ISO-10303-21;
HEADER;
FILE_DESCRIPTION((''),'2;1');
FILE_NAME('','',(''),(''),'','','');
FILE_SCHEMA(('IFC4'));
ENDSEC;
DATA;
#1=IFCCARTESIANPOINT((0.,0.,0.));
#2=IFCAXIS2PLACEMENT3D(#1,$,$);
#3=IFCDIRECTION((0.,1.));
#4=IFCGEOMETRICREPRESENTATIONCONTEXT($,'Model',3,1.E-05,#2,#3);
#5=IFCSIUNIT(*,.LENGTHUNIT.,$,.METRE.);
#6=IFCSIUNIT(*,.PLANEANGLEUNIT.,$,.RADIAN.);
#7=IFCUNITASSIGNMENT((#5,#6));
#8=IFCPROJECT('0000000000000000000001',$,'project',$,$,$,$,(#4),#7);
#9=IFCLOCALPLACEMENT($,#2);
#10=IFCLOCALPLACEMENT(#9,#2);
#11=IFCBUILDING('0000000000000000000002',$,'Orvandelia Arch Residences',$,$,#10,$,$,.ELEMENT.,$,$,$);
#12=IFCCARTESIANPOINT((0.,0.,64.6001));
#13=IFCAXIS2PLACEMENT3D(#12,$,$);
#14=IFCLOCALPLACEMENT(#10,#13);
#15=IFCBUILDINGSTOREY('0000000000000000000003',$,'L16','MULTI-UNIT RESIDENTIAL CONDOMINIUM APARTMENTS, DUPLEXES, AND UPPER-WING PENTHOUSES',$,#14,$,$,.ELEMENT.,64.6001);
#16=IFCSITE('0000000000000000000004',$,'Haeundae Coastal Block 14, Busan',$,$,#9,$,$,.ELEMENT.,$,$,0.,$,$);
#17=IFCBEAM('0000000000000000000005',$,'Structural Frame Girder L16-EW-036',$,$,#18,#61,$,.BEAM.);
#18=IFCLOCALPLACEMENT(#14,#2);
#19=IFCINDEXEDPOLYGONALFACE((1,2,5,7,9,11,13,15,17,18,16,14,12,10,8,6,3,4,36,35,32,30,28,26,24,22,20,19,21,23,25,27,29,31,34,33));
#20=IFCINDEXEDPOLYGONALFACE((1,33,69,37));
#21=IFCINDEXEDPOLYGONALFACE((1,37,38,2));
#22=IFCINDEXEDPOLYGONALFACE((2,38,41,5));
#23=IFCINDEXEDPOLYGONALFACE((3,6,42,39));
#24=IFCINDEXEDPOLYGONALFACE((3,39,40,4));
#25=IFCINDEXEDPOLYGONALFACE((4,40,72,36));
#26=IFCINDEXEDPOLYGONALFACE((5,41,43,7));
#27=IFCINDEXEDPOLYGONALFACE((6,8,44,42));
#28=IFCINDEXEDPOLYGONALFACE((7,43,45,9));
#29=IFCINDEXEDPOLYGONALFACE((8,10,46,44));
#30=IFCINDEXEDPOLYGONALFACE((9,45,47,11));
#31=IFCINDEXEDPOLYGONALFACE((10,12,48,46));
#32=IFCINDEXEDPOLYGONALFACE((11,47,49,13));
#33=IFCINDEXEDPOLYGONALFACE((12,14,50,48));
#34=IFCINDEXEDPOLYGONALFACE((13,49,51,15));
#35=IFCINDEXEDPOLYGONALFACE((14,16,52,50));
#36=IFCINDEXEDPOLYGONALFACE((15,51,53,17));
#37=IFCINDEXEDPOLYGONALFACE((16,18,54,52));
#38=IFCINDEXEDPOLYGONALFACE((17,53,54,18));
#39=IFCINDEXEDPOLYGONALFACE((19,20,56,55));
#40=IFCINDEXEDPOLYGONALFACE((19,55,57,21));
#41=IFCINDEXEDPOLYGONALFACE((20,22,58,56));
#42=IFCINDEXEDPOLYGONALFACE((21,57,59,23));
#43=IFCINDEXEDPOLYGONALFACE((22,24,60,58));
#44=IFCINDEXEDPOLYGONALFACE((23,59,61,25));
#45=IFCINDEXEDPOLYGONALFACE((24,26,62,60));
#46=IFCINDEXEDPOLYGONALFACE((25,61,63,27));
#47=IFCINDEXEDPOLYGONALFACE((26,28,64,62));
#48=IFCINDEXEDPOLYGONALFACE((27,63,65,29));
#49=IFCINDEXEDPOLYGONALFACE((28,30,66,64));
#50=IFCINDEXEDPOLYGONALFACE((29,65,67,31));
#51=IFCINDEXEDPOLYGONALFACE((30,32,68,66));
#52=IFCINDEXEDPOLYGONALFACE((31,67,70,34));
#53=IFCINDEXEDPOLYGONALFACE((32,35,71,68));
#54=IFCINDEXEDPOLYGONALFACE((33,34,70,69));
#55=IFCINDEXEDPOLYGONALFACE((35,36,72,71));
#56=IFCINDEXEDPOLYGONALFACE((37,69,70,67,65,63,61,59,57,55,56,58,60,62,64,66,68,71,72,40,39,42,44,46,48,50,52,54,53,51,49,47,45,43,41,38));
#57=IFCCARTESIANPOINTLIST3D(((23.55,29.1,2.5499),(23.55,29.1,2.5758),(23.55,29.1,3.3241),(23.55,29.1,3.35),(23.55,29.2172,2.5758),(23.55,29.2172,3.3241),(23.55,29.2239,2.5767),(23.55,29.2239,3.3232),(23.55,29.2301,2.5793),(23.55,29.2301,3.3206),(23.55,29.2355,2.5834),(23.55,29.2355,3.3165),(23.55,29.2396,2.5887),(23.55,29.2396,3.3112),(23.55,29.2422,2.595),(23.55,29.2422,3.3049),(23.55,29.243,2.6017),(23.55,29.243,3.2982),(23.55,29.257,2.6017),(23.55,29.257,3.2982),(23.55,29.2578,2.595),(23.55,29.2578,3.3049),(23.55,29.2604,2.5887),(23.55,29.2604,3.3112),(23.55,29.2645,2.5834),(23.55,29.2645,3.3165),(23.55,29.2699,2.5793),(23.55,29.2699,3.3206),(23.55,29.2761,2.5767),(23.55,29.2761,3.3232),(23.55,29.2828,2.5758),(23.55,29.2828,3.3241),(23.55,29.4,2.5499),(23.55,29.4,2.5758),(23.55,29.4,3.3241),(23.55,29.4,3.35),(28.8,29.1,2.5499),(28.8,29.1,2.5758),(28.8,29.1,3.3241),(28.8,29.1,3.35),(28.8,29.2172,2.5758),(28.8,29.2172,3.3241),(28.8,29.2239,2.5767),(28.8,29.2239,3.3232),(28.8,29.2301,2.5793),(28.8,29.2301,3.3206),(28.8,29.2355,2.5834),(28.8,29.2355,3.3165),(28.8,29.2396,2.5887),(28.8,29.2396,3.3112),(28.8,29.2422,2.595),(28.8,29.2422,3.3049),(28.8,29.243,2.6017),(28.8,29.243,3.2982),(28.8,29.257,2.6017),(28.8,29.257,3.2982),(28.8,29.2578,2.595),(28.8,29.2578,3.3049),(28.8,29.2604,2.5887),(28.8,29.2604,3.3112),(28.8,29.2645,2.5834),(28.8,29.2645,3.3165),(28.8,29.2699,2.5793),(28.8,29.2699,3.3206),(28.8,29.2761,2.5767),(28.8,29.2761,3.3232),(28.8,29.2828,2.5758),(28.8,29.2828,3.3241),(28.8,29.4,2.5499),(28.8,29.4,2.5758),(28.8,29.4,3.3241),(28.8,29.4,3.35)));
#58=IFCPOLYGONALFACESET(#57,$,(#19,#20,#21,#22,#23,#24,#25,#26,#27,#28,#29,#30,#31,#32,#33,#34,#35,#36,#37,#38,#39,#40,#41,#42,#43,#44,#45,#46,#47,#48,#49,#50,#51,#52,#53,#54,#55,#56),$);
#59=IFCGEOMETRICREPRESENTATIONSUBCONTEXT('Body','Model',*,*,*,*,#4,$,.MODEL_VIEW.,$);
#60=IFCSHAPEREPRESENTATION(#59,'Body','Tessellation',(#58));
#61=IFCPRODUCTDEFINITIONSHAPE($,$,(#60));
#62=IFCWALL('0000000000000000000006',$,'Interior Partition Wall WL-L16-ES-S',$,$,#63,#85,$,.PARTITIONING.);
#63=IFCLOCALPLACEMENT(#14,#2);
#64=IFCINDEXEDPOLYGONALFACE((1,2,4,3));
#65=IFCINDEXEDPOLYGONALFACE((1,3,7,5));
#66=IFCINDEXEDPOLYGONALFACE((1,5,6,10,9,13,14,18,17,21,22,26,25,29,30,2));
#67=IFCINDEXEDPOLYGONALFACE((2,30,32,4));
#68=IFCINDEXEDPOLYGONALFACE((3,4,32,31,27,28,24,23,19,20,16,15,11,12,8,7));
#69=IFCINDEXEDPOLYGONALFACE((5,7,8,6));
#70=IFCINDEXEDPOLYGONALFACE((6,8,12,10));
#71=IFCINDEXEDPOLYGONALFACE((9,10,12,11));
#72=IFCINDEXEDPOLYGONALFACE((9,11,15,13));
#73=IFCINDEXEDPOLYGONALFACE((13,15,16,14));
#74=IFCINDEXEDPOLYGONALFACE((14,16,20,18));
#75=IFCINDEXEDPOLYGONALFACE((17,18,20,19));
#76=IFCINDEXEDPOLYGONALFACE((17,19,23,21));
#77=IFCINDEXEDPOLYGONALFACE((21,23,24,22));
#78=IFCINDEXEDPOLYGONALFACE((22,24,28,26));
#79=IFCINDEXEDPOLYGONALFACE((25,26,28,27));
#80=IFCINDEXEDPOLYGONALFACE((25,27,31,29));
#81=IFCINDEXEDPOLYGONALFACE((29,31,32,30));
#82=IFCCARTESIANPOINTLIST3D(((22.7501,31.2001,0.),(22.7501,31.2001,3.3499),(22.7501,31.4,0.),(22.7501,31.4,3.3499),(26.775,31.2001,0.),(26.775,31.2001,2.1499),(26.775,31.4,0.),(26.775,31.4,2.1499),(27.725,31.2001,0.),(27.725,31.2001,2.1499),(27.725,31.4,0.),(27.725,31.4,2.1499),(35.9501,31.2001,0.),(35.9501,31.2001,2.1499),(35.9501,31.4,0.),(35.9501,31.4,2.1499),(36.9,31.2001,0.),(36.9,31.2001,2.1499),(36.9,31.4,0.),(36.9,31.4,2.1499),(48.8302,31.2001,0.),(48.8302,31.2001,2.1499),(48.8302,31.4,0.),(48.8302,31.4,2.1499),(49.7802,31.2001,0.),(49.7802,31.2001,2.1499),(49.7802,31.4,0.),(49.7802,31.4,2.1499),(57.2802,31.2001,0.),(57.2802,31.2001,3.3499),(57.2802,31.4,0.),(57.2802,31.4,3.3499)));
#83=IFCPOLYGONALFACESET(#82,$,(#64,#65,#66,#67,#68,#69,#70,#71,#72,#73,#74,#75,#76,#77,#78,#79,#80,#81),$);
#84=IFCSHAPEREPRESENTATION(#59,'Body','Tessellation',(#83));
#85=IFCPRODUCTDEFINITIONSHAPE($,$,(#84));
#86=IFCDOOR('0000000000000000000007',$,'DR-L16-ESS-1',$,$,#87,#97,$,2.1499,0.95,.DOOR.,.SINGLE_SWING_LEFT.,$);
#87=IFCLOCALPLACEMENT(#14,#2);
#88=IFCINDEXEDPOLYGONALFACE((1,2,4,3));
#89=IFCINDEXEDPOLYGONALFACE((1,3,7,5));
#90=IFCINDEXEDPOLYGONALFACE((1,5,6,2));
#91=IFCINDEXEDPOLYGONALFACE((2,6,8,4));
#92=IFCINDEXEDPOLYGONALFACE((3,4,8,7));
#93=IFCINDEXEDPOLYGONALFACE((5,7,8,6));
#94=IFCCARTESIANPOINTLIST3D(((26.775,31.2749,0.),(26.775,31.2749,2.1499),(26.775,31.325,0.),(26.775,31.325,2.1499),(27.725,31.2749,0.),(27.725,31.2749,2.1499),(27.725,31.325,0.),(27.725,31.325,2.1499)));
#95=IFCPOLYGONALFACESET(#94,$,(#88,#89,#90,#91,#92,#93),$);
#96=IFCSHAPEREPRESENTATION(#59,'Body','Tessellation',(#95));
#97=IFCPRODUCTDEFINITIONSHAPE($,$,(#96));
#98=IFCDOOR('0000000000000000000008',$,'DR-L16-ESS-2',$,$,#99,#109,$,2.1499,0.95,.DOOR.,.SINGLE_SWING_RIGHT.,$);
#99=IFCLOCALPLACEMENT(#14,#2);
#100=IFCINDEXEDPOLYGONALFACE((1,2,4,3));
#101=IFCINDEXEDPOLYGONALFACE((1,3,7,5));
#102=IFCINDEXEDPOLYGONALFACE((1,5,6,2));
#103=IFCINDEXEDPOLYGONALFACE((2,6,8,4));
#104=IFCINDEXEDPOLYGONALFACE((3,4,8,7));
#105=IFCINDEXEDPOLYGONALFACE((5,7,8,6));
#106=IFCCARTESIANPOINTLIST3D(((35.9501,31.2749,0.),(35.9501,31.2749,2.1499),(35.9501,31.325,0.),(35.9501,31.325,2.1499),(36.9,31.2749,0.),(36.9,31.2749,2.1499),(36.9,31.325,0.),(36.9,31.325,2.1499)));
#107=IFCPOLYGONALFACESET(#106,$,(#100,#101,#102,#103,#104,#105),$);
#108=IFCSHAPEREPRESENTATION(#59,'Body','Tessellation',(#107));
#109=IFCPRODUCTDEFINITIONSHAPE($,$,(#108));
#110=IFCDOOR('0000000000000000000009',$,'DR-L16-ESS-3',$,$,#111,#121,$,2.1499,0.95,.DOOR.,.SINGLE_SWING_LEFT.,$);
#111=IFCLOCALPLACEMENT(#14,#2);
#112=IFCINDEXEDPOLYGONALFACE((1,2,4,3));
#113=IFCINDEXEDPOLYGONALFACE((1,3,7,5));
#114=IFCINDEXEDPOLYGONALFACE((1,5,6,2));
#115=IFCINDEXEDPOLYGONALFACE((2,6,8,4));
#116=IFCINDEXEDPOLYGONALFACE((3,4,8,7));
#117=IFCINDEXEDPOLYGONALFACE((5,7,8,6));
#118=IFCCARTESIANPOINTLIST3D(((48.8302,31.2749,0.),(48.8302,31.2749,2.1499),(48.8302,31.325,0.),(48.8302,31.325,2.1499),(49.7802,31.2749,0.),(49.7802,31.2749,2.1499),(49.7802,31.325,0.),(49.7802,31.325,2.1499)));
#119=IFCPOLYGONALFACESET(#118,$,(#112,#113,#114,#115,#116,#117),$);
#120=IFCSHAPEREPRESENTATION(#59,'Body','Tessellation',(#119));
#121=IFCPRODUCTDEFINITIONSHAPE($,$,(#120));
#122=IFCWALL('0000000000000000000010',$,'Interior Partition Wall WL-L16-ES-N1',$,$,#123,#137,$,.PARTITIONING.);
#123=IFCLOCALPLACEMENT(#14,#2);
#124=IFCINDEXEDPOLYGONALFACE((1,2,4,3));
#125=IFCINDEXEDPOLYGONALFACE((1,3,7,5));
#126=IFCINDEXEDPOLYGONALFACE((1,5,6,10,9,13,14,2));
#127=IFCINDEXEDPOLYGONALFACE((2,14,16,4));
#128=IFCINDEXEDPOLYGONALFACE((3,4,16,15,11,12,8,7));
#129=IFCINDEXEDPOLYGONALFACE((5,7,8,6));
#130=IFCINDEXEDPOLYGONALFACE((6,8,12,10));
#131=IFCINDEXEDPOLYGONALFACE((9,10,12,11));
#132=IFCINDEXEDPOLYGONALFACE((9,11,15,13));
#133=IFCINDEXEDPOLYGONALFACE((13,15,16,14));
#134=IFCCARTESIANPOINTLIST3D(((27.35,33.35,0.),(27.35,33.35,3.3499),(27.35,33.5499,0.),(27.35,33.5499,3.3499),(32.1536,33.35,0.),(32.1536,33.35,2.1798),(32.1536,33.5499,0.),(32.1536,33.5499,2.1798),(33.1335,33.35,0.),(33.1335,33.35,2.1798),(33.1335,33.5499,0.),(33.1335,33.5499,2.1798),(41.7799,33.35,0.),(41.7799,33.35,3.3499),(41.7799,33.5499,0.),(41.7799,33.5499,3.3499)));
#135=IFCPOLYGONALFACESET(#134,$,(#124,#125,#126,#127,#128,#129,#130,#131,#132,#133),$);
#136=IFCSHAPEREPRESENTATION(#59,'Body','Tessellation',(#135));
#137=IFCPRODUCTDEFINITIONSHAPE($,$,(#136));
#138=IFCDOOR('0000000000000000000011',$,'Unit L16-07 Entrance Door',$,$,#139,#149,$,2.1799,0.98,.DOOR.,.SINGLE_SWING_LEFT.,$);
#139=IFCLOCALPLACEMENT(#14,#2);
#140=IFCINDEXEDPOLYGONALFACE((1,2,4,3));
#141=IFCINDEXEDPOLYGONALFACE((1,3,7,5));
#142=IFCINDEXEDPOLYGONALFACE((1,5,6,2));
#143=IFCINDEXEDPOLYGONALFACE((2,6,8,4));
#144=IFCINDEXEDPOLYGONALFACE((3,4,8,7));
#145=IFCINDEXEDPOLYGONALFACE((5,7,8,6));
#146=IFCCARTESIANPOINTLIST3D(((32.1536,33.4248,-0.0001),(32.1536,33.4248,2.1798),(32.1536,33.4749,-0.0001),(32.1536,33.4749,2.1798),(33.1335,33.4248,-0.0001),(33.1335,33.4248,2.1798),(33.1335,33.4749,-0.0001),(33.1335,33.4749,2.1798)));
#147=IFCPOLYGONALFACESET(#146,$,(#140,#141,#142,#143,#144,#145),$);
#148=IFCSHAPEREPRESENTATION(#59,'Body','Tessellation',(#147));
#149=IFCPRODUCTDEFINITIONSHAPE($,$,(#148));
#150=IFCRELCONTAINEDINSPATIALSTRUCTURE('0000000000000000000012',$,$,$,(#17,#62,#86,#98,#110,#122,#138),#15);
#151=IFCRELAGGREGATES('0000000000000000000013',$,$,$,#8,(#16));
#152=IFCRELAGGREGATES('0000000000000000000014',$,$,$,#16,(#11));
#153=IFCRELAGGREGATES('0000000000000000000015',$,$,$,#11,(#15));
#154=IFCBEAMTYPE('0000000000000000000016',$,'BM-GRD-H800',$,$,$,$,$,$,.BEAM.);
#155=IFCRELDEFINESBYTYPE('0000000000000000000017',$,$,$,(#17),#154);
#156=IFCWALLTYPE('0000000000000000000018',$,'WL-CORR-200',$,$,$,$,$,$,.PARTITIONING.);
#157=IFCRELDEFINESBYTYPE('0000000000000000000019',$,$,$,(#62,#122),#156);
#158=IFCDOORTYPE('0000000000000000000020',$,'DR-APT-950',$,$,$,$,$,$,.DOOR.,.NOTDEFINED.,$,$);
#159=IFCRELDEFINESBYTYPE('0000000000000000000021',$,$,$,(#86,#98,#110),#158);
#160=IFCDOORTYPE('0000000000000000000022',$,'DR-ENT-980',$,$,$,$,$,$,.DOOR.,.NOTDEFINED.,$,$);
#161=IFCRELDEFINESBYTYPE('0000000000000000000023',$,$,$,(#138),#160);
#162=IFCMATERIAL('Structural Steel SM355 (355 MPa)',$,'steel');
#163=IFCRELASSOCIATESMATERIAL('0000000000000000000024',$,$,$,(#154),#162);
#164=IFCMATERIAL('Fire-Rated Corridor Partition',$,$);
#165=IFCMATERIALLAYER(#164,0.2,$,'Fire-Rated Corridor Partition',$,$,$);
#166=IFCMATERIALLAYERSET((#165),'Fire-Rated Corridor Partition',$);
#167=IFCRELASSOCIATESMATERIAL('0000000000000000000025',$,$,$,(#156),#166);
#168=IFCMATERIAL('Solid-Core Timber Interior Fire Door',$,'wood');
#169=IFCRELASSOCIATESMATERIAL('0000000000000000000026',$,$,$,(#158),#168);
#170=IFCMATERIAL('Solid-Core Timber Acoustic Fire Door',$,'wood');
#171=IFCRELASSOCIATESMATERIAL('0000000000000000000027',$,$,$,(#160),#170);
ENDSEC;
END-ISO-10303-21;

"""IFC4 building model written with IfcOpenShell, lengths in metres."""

from ifc_helpers import new_model, si_unit, direction, frame, frame_2d, origin, origin_2d, place, context, subcontext, project, spatial, rectangle, i_section, extrude, material, layer, layer_set, material_profile, profile_set, type_object, element, fill, save


model = new_model("IFC4")

# Units and contexts
model_context = context("Model", 3, precision=1e-05, world=origin(), true_north=direction((0.0, 1.0)))
body_context = subcontext(model_context, "Body", "Model", "MODEL_VIEW")
ifc_project = project(units=[si_unit("LENGTHUNIT", "METRE"), si_unit("PLANEANGLEUNIT", "RADIAN")], contexts=[model_context])

# Site, building, storey
site_placement = place(None, origin())
site = spatial("IfcSite", under=ifc_project, at=site_placement, Name="Haeundae Coastal Block 14, Busan", CompositionType="ELEMENT", RefElevation=0.0)
building_placement = place(site_placement, origin())
building = spatial("IfcBuilding", under=site, at=building_placement, Name="Orvandelia Arch Residences", CompositionType="ELEMENT")
storey_placement = place(building_placement, frame((0.0, 0.0, 64.6001)))
storey = spatial("IfcBuildingStorey", under=building, at=storey_placement, Name="L16", Description="MULTI-UNIT RESIDENTIAL CONDOMINIUM APARTMENTS, DUPLEXES, AND UPPER-WING PENTHOUSES", CompositionType="ELEMENT", Elevation=64.6001)

# Beam
ifc_material_1 = material(Name="Structural Steel SM355 (355 MPa)", Category="steel")
ifc_material_profile_1 = material_profile(ifc_material_1, i_section(OverallWidth=0.3, OverallDepth=0.8, WebThickness=0.0139, FlangeThickness=0.0259, FilletRadius=0.0259, at=origin_2d()), Name="Structural Steel SM355 (355 MPa)", Category="steel")
ifc_profile_set_1 = profile_set([ifc_material_profile_1], Name="Structural Steel SM355 (355 MPa)")
beam_type = type_object("IfcBeamType", Name="BM-GRD-H800", PredefinedType="BEAM", material=ifc_profile_set_1)
beam_1_placement = place(storey_placement, frame((23.55, 29.25, 2.95), z_axis=(1.0, 0.0, 0.0), x_axis=(0.0, 1.0, 0.0)))
element("IfcBeam", 1, at=beam_1_placement, inside=storey, type_object=beam_type, Name="Structural Frame Girder L16-EW-036", PredefinedType="BEAM", context=body_context, shape_type="SweptSolid", body=[
    extrude(i_section(OverallWidth=0.3, OverallDepth=0.8, WebThickness=0.0139, FlangeThickness=0.0259, FilletRadius=0.0259, at=origin_2d()), origin(), (0.0, 0.0, 1.0), 5.25),
])

# Wall, openings, doors
ifc_material_2 = material(Name="Fire-Rated Corridor Partition")
ifc_layer_1 = layer(ifc_material_2, 0.2, Name="Fire-Rated Corridor Partition")
ifc_layer_set_1 = layer_set([ifc_layer_1], Name="Fire-Rated Corridor Partition")
wall_type_1 = type_object("IfcWallType", Name="WL-CORR-200", PredefinedType="PARTITIONING", material=ifc_layer_set_1)
wall_1_placement = place(storey_placement, frame((22.75, 31.3, 0.0), z_axis=(0.0, 0.0, 1.0), x_axis=(1.0, 0.0, 0.0)))
wall_1 = element("IfcWall", 2, at=wall_1_placement, inside=storey, type_object=wall_type_1, Name="Interior Partition Wall WL-L16-ES-S", PredefinedType="PARTITIONING", context=body_context, shape_type="SweptSolid", body=[
    extrude(rectangle(XDim=34.53, YDim=0.2, at=frame_2d((17.2651, 0.0))), origin(), (0.0, 0.0, 1.0), 3.3499),
])
opening_1_placement = place(wall_1_placement, frame((4.0249, 0.0, 0.0)))
opening_1 = element("IfcOpeningElement", 3, at=opening_1_placement, cuts=wall_1, PredefinedType="OPENING", context=body_context, shape_type="SweptSolid", body=[
    extrude(rectangle(XDim=0.95, YDim=2.1499, at=frame_2d((0.4751, 1.075))), frame((0.0, 0.1099, 0.0), z_axis=(0.0, -1.0, 0.0), x_axis=(1.0, 0.0, 0.0)), (0.0, 0.0, 1.0), 0.22),
])
opening_2_placement = place(wall_1_placement, frame((13.2, 0.0, 0.0)))
opening_2 = element("IfcOpeningElement", 4, at=opening_2_placement, cuts=wall_1, PredefinedType="OPENING", context=body_context, shape_type="SweptSolid", body=[
    extrude(rectangle(XDim=0.95, YDim=2.1499, at=frame_2d((0.4751, 1.075))), frame((0.0, 0.1099, 0.0), z_axis=(0.0, -1.0, 0.0), x_axis=(1.0, 0.0, 0.0)), (0.0, 0.0, 1.0), 0.22),
])
opening_3_placement = place(wall_1_placement, frame((26.0801, 0.0, 0.0)))
opening_3 = element("IfcOpeningElement", 5, at=opening_3_placement, cuts=wall_1, PredefinedType="OPENING", context=body_context, shape_type="SweptSolid", body=[
    extrude(rectangle(XDim=0.95, YDim=2.1499, at=frame_2d((0.4751, 1.075))), frame((0.0, 0.1099, 0.0), z_axis=(0.0, -1.0, 0.0), x_axis=(1.0, 0.0, 0.0)), (0.0, 0.0, 1.0), 0.22),
])
ifc_material_3 = material(Name="Solid-Core Timber Interior Fire Door", Category="wood")
door_type_1 = type_object("IfcDoorType", Name="DR-APT-950", OperationType="NOTDEFINED", PredefinedType="DOOR", material=ifc_material_3)
door_1_placement = place(opening_1_placement, origin())
door_1 = element("IfcDoor", 6, at=door_1_placement, inside=storey, type_object=door_type_1, Name="DR-L16-ESS-1", OperationType="SINGLE_SWING_LEFT", OverallHeight=2.1499, OverallWidth=0.95, PredefinedType="DOOR", context=body_context, shape_type="SweptSolid", body=[
    extrude(rectangle(XDim=0.95, YDim=2.1499, at=frame_2d((0.4751, 1.075))), frame((0.0, 0.0249, 0.0), z_axis=(0.0, -1.0, 0.0), x_axis=(1.0, 0.0, 0.0)), (0.0, 0.0, 1.0), 0.05),
])
fill(opening_1, door_1)
door_2_placement = place(opening_2_placement, origin())
door_2 = element("IfcDoor", 7, at=door_2_placement, inside=storey, type_object=door_type_1, Name="DR-L16-ESS-2", OperationType="SINGLE_SWING_RIGHT", OverallHeight=2.1499, OverallWidth=0.95, PredefinedType="DOOR", context=body_context, shape_type="SweptSolid", body=[
    extrude(rectangle(XDim=0.95, YDim=2.1499, at=frame_2d((0.4751, 1.075))), frame((0.0, 0.0249, 0.0), z_axis=(0.0, -1.0, 0.0), x_axis=(1.0, 0.0, 0.0)), (0.0, 0.0, 1.0), 0.05),
])
fill(opening_2, door_2)
door_3_placement = place(opening_3_placement, origin())
door_3 = element("IfcDoor", 8, at=door_3_placement, inside=storey, type_object=door_type_1, Name="DR-L16-ESS-3", OperationType="SINGLE_SWING_LEFT", OverallHeight=2.1499, OverallWidth=0.95, PredefinedType="DOOR", context=body_context, shape_type="SweptSolid", body=[
    extrude(rectangle(XDim=0.95, YDim=2.1499, at=frame_2d((0.4751, 1.075))), frame((0.0, 0.0249, 0.0), z_axis=(0.0, -1.0, 0.0), x_axis=(1.0, 0.0, 0.0)), (0.0, 0.0, 1.0), 0.05),
])
fill(opening_3, door_3)

# Wall, opening, door
wall_2_placement = place(storey_placement, frame((27.3501, 33.45, 0.0), z_axis=(0.0, 0.0, 1.0), x_axis=(1.0, 0.0, 0.0)))
wall_2 = element("IfcWall", 9, at=wall_2_placement, inside=storey, type_object=wall_type_1, Name="Interior Partition Wall WL-L16-ES-N1", PredefinedType="PARTITIONING", context=body_context, shape_type="SweptSolid", body=[
    extrude(rectangle(XDim=14.4299, YDim=0.2, at=frame_2d((7.2148, 0.0))), origin(), (0.0, 0.0, 1.0), 3.3499),
])
opening_4_placement = place(wall_2_placement, frame((4.8035, 0.0, 0.0)))
opening_4 = element("IfcOpeningElement", 10, at=opening_4_placement, cuts=wall_2, PredefinedType="OPENING", context=body_context, shape_type="SweptSolid", body=[
    extrude(rectangle(XDim=0.98, YDim=2.1799, at=frame_2d((0.49, 1.0898))), frame((0.0, 0.1099, 0.0), z_axis=(0.0, -1.0, 0.0), x_axis=(1.0, 0.0, 0.0)), (0.0, 0.0, 1.0), 0.22),
])
ifc_material_4 = material(Name="Solid-Core Timber Acoustic Fire Door", Category="wood")
door_type_2 = type_object("IfcDoorType", Name="DR-ENT-980", OperationType="NOTDEFINED", PredefinedType="DOOR", material=ifc_material_4)
door_4_placement = place(opening_4_placement, origin())
door_4 = element("IfcDoor", 11, at=door_4_placement, inside=storey, type_object=door_type_2, Name="Unit L16-07 Entrance Door", OperationType="SINGLE_SWING_LEFT", OverallHeight=2.1799, OverallWidth=0.98, PredefinedType="DOOR", context=body_context, shape_type="SweptSolid", body=[
    extrude(rectangle(XDim=0.98, YDim=2.1799, at=frame_2d((0.49, 1.0898))), frame((0.0, 0.0249, 0.0), z_axis=(0.0, -1.0, 0.0), x_axis=(1.0, 0.0, 0.0)), (0.0, 0.0, 1.0), 0.05),
])
fill(opening_4, door_4)

save(model, "model.ifc")
